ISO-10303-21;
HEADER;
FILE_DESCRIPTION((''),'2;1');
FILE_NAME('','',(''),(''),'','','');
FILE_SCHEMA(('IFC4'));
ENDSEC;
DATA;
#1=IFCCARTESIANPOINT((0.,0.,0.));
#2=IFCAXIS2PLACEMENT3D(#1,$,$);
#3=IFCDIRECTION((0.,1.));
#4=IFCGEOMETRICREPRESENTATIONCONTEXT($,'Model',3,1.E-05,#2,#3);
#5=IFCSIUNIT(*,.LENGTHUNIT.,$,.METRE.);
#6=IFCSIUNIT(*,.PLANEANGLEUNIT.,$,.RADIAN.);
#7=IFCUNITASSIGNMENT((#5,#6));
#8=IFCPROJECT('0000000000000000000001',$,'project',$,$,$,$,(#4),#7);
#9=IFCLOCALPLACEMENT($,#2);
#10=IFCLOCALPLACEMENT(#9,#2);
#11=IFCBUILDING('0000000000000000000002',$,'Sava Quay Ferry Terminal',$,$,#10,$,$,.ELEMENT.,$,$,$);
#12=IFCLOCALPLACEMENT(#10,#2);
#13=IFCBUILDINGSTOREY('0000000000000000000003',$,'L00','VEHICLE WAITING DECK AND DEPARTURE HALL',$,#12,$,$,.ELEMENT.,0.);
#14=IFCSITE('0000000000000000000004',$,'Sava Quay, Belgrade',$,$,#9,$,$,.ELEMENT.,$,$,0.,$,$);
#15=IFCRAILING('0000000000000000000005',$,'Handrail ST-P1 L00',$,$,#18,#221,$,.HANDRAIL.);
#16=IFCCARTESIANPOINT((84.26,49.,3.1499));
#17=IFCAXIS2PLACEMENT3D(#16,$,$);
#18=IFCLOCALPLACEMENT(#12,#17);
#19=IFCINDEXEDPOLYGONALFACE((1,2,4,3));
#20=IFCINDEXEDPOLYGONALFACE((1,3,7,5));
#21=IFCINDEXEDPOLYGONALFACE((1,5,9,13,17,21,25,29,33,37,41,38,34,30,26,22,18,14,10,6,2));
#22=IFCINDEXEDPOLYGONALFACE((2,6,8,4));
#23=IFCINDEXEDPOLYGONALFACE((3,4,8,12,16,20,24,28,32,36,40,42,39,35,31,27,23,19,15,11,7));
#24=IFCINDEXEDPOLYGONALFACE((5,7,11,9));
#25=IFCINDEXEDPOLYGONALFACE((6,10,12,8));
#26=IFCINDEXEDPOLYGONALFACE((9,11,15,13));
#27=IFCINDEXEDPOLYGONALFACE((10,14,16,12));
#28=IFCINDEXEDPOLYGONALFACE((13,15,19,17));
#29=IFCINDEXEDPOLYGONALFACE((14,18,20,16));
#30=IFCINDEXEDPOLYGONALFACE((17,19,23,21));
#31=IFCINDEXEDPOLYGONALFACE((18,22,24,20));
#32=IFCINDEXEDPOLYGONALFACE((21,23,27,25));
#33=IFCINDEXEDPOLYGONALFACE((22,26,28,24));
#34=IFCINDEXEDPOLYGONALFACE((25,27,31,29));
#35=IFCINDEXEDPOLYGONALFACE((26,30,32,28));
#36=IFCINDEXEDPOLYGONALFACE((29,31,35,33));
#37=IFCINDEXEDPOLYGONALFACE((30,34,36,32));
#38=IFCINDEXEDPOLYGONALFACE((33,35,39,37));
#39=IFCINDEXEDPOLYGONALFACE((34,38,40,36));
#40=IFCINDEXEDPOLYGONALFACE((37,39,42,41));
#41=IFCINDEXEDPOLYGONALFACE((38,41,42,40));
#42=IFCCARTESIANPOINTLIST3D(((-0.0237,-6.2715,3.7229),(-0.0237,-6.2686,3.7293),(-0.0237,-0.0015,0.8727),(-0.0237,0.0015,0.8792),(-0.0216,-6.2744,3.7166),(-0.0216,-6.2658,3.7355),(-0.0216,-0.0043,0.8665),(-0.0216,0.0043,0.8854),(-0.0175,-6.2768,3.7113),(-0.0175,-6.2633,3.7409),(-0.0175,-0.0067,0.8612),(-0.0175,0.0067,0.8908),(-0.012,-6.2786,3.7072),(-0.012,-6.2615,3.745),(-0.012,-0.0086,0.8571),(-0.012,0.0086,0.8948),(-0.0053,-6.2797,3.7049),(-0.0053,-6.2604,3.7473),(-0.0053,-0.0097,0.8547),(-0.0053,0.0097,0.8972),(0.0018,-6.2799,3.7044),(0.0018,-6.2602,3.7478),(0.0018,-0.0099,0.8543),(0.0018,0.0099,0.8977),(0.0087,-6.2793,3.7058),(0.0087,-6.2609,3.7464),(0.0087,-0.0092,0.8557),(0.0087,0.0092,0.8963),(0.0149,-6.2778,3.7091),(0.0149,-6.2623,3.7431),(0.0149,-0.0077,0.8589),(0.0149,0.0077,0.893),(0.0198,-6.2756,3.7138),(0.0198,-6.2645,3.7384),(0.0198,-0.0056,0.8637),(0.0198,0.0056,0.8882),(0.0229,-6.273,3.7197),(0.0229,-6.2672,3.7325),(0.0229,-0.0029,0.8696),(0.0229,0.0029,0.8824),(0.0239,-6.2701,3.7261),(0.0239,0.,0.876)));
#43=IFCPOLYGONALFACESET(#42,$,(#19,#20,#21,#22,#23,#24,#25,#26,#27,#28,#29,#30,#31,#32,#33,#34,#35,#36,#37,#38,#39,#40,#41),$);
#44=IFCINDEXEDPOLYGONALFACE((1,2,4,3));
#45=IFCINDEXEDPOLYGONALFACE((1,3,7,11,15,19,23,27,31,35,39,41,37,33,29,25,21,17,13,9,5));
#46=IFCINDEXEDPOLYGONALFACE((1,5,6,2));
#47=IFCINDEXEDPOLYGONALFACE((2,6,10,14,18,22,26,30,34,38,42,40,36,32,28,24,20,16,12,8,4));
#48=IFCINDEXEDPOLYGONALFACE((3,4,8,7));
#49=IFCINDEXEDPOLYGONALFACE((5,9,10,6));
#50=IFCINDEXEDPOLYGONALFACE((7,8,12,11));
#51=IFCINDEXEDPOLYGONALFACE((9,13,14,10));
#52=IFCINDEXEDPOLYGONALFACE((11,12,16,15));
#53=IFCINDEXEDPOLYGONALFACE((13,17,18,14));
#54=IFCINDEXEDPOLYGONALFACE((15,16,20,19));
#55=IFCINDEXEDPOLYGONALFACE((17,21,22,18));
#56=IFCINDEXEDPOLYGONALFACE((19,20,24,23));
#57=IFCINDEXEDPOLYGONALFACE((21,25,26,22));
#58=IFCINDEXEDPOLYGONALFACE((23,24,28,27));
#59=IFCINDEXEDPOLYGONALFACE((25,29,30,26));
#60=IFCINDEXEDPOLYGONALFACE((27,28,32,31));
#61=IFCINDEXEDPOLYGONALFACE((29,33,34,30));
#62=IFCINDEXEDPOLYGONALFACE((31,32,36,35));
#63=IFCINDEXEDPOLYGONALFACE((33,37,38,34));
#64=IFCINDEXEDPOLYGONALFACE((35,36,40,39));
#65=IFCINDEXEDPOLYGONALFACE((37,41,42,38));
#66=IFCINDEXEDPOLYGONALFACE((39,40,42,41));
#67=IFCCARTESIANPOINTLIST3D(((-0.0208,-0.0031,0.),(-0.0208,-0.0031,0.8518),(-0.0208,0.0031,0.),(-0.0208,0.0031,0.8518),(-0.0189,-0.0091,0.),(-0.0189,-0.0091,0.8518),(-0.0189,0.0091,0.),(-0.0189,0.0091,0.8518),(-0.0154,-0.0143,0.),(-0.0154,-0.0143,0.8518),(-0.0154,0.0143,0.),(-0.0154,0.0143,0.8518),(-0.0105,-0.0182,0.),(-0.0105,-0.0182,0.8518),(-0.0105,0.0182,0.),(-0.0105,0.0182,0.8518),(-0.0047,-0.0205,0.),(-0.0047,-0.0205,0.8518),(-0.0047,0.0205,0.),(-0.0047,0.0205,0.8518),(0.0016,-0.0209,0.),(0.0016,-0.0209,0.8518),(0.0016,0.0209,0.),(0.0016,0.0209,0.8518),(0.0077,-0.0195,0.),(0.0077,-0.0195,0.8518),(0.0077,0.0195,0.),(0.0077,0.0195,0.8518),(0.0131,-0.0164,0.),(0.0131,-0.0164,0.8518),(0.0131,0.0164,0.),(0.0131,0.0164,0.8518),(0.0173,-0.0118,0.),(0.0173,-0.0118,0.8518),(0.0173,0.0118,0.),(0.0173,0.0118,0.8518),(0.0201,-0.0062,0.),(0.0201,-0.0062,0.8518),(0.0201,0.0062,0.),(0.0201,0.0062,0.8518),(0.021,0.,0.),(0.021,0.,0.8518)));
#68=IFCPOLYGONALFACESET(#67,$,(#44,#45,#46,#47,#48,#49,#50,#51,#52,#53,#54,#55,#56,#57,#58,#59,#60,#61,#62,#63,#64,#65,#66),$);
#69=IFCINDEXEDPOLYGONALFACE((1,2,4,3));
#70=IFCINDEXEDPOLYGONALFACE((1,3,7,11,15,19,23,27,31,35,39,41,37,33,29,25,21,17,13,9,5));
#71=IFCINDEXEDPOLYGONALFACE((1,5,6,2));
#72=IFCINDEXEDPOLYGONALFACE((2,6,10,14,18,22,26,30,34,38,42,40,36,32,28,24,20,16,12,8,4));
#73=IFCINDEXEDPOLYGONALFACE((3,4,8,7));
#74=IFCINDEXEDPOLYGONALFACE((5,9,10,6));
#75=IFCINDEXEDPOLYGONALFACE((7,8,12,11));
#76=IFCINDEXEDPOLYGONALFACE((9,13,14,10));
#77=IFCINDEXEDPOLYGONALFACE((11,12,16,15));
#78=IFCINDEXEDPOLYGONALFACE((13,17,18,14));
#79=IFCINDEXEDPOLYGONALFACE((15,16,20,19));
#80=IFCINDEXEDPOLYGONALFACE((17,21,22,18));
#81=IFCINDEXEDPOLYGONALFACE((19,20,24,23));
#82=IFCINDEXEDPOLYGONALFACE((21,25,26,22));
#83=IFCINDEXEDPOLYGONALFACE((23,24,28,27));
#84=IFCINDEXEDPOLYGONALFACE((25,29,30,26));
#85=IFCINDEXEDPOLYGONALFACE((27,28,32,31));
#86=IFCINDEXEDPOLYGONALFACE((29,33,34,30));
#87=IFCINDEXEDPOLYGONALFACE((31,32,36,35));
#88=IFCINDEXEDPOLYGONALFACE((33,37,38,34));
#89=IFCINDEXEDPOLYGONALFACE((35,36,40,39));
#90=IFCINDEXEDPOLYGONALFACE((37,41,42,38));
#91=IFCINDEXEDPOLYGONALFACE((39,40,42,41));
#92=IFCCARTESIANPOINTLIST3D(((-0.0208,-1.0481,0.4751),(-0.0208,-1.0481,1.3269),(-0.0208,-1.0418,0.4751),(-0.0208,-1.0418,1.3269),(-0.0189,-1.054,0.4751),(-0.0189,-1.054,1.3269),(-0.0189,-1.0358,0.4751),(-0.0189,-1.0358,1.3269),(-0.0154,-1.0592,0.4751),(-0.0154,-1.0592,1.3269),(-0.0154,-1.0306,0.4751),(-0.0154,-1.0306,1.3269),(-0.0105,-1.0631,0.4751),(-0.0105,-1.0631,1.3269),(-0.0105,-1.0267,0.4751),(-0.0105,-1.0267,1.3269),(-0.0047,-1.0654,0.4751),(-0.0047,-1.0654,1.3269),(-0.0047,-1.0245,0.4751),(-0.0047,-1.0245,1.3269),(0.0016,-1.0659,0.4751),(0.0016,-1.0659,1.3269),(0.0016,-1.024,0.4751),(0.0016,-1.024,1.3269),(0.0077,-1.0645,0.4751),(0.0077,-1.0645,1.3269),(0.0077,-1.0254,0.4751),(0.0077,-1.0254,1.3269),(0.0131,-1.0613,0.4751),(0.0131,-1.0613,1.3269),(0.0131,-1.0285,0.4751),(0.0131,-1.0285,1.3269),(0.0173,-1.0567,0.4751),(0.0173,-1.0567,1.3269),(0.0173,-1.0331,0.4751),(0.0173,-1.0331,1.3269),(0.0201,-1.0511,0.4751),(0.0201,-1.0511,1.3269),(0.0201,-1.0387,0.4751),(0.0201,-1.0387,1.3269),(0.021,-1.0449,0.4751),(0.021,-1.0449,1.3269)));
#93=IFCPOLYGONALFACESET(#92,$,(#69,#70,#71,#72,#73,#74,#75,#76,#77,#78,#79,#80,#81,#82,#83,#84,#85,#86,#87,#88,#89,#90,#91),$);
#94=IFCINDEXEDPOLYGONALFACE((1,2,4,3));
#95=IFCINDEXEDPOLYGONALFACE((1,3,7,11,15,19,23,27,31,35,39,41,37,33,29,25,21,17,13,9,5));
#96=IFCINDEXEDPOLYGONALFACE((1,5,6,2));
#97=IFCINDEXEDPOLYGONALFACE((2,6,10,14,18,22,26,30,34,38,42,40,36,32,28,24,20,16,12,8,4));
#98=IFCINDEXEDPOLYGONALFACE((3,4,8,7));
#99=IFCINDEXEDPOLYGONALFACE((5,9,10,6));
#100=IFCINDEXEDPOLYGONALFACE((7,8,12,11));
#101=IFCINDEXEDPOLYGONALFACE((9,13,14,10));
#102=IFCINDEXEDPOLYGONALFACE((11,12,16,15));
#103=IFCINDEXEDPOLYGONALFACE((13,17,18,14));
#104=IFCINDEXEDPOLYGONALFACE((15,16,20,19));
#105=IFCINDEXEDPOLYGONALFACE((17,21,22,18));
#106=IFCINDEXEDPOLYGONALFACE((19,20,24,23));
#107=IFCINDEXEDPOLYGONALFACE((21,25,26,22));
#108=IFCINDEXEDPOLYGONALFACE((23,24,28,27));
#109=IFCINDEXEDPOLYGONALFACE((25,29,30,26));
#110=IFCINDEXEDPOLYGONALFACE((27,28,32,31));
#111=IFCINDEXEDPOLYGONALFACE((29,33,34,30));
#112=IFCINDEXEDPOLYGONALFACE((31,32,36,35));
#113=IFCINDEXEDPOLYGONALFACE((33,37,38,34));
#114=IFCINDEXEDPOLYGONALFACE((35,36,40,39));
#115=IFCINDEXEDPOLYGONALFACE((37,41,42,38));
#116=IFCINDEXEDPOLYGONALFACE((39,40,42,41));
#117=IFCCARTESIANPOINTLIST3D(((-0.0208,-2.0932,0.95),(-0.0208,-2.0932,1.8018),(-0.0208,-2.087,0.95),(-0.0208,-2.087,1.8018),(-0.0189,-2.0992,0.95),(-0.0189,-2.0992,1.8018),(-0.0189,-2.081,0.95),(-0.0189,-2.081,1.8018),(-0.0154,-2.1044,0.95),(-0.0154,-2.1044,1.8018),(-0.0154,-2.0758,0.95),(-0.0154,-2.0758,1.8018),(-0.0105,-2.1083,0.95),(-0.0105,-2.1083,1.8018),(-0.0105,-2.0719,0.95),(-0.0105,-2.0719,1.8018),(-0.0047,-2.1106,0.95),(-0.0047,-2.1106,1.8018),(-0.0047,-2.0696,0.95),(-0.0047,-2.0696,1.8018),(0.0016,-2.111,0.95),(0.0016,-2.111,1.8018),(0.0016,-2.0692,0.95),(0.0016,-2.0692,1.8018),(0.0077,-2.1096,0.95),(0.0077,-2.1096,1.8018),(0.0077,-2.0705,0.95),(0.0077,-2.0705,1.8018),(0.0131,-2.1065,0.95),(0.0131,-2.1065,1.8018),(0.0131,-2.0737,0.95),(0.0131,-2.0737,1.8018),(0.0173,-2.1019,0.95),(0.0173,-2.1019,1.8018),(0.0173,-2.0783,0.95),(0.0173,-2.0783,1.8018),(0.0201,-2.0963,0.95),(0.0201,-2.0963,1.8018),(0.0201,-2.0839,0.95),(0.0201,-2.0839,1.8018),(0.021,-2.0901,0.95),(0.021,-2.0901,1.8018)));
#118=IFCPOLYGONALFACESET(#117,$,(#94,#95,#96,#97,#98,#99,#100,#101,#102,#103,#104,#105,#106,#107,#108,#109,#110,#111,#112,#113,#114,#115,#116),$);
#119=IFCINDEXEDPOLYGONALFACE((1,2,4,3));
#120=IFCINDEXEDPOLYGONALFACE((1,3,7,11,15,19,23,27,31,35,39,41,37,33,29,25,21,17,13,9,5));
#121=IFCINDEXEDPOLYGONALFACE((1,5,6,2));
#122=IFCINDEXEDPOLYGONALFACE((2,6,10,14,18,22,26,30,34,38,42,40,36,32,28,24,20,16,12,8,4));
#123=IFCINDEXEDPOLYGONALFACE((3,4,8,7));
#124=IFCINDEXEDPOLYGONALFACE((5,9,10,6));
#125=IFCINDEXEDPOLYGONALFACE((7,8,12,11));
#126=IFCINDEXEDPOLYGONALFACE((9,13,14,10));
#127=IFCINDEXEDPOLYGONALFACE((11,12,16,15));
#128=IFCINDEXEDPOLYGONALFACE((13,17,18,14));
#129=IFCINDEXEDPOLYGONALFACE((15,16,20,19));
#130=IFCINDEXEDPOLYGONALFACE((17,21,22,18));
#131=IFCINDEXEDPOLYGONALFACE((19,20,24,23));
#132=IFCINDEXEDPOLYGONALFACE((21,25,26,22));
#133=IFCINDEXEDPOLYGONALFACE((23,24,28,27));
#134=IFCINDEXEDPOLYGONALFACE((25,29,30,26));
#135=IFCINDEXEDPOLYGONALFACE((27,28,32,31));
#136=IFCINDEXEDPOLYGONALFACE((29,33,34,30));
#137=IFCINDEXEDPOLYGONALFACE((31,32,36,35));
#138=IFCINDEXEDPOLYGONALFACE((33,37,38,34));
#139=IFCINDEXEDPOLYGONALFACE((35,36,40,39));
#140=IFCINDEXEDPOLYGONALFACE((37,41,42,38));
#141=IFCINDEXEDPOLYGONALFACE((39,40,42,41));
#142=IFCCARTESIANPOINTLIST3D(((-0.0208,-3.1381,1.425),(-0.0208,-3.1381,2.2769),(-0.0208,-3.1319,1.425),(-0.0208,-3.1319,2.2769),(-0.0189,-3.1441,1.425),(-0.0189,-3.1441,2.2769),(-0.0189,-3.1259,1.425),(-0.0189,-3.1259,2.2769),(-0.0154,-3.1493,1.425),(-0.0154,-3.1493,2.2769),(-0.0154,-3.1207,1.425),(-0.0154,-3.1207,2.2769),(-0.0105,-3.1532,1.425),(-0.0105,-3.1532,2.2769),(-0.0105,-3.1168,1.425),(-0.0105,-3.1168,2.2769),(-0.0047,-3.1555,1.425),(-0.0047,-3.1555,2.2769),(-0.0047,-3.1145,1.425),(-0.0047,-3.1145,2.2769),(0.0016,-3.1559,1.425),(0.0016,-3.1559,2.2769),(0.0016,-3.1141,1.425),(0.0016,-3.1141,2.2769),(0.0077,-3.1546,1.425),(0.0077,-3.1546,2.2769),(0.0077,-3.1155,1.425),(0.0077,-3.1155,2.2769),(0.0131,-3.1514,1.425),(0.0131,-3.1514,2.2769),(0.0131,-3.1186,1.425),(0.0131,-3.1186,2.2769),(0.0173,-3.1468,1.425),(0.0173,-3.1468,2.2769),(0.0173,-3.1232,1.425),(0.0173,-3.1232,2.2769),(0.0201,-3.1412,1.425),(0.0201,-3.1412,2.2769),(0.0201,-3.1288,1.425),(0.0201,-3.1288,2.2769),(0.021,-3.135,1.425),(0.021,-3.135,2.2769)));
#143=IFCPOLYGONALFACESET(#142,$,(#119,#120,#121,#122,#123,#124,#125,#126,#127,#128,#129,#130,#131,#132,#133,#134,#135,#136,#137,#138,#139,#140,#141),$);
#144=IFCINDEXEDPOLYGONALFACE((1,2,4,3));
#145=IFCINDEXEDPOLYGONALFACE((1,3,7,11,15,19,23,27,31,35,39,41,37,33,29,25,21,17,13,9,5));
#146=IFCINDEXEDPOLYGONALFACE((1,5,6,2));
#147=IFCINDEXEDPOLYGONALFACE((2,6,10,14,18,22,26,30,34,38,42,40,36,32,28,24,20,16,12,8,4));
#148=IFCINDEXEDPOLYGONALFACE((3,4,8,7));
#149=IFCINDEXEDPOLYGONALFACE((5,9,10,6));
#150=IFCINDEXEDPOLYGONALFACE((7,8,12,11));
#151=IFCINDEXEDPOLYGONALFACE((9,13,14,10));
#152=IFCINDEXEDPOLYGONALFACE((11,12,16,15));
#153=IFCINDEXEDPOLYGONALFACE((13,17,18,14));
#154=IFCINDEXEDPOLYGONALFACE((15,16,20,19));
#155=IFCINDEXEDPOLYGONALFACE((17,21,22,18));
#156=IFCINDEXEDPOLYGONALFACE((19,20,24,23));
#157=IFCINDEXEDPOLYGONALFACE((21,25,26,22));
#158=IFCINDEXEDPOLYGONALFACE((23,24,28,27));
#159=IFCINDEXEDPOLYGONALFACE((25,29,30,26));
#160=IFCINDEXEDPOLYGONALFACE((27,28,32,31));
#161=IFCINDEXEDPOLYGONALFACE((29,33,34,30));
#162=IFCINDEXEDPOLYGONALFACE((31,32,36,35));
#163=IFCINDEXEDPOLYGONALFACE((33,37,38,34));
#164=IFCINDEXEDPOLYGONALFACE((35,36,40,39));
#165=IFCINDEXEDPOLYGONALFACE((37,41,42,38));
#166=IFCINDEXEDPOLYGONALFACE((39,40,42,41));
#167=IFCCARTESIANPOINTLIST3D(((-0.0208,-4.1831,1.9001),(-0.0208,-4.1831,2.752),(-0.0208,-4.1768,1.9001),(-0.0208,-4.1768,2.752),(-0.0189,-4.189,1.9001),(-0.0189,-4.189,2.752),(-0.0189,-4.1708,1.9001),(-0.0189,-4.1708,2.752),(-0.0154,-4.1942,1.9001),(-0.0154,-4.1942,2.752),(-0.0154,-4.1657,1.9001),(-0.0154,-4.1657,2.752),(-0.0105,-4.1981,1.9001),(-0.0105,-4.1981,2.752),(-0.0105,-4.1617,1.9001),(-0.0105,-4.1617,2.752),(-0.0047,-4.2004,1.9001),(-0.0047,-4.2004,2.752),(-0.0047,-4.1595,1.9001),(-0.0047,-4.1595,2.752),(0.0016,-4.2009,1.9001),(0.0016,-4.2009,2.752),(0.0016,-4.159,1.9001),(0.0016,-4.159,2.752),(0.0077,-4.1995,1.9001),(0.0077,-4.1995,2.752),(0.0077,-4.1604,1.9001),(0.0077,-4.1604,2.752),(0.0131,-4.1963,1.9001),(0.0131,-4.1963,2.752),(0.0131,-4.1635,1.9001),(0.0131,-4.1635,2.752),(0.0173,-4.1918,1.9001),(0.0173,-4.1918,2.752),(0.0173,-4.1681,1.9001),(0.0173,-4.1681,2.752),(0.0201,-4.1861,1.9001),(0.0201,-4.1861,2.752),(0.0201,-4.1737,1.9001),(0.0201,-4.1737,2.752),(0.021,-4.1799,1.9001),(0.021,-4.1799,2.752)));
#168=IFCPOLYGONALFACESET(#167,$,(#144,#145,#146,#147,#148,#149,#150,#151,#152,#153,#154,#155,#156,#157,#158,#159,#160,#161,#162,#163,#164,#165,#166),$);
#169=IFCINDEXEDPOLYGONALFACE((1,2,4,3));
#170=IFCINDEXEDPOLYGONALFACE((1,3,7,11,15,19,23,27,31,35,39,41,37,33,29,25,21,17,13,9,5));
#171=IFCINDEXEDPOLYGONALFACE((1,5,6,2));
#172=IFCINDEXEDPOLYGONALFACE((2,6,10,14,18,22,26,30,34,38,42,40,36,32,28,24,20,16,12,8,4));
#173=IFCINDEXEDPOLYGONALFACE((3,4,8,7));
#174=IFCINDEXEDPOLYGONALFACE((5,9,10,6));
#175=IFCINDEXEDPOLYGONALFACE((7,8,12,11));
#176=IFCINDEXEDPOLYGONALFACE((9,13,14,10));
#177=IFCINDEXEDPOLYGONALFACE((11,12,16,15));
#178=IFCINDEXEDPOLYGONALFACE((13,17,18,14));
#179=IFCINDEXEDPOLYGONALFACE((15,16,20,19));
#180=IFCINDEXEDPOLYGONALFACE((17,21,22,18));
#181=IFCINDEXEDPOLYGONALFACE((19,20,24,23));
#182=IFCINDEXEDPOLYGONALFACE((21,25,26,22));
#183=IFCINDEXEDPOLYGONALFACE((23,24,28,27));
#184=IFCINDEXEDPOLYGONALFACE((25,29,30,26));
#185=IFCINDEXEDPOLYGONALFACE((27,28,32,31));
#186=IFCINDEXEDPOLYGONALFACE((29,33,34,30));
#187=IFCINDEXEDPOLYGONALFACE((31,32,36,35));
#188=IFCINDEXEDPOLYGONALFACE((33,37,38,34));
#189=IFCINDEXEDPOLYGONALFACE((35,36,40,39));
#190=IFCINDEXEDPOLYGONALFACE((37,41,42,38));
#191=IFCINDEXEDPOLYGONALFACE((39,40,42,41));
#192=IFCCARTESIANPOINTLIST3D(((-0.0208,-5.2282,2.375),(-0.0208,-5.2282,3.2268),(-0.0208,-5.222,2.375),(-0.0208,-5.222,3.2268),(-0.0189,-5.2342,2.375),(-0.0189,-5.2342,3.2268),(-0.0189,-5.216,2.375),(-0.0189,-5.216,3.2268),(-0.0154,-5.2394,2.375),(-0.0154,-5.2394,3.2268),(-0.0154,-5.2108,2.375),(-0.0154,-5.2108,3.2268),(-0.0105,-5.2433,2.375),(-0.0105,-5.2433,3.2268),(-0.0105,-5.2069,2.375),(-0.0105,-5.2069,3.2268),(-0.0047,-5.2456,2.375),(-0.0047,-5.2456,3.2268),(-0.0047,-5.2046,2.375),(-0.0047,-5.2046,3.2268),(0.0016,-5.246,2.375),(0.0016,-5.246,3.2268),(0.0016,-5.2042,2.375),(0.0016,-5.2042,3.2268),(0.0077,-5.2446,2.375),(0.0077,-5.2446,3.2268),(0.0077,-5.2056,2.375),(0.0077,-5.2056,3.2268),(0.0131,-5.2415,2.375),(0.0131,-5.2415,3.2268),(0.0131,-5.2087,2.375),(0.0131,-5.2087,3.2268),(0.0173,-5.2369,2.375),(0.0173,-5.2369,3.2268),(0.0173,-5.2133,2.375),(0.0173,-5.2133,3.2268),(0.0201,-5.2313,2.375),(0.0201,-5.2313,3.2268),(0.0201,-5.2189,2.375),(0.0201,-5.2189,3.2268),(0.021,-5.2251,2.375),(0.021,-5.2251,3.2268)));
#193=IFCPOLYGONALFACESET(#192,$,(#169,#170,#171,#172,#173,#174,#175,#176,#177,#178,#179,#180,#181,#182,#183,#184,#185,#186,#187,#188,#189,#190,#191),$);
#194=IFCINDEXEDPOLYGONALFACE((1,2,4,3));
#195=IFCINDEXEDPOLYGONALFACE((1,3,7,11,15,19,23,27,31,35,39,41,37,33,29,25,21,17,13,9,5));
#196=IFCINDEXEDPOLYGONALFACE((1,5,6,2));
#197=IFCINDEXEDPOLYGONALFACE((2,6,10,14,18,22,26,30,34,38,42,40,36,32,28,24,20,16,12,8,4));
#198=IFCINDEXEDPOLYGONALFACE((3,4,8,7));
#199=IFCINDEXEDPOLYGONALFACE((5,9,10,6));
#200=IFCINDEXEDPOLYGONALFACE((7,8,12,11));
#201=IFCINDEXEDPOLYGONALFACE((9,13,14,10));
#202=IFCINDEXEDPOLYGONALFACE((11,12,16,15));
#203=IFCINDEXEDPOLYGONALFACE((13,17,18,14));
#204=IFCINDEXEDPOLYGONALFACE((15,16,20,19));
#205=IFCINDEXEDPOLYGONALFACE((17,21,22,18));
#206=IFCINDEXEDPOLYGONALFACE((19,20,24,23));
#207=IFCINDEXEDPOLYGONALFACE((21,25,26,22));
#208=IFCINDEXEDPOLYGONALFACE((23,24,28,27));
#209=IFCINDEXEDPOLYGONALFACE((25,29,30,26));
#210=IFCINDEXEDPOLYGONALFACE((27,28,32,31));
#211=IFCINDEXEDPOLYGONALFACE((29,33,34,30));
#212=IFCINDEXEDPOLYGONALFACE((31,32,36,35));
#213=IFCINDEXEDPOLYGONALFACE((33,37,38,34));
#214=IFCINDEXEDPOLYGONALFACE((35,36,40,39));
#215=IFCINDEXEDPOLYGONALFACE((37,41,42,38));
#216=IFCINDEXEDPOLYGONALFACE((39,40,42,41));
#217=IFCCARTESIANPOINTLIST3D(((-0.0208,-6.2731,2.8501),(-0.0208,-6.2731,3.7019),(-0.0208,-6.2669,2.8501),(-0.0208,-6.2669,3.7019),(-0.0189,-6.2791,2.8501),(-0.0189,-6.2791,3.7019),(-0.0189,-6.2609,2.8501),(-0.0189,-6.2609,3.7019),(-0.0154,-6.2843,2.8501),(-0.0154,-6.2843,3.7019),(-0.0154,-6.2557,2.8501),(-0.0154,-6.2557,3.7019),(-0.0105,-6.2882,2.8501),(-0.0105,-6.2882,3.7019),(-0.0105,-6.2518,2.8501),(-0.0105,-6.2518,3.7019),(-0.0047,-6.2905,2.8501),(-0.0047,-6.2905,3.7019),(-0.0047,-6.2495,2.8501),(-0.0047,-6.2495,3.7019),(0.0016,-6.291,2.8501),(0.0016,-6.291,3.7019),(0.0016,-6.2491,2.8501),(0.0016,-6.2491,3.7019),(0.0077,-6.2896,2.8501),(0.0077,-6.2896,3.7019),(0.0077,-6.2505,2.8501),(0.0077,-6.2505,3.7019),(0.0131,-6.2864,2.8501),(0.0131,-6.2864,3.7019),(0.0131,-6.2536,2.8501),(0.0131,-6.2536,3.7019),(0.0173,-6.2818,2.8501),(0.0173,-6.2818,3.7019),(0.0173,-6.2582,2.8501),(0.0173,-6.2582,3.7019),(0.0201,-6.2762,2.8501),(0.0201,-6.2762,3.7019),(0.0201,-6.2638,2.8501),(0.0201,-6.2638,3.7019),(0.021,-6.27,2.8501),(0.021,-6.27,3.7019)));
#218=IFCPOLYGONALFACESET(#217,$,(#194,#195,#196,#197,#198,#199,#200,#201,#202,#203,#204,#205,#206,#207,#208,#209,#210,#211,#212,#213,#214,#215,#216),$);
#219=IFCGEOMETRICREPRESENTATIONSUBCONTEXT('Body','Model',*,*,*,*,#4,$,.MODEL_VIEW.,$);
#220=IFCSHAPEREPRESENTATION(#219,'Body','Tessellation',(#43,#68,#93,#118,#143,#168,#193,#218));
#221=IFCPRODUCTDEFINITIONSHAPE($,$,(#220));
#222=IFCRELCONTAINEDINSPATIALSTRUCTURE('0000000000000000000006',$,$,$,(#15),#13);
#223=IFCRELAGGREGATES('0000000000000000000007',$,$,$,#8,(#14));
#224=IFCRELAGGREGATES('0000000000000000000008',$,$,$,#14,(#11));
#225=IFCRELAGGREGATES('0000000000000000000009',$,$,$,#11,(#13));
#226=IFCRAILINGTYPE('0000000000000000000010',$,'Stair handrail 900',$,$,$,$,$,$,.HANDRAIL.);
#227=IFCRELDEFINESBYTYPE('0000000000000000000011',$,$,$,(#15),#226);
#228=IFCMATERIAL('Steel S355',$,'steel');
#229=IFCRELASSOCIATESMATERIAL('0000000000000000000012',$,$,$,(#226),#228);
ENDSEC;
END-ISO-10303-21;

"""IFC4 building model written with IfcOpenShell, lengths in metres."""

from ifc_helpers import new_model, si_unit, direction, frame, origin, origin_2d, place, context, subcontext, project, spatial, circle, extrude, material, type_object, element, save


model = new_model("IFC4")

# Units and contexts
model_context = context("Model", 3, precision=1e-05, world=origin(), true_north=direction((0.0, 1.0)))
body_context = subcontext(model_context, "Body", "Model", "MODEL_VIEW")
ifc_project = project(units=[si_unit("LENGTHUNIT", "METRE"), si_unit("PLANEANGLEUNIT", "RADIAN")], contexts=[model_context])

# Site, building, storey
site_placement = place(None, origin())
site = spatial("IfcSite", under=ifc_project, at=site_placement, Name="Sava Quay, Belgrade", CompositionType="ELEMENT", RefElevation=0.0)
building_placement = place(site_placement, origin())
building = spatial("IfcBuilding", under=site, at=building_placement, Name="Sava Quay Ferry Terminal", CompositionType="ELEMENT")
storey_placement = place(building_placement, origin())
storey = spatial("IfcBuildingStorey", under=building, at=storey_placement, Name="L00", Description="VEHICLE WAITING DECK AND DEPARTURE HALL", CompositionType="ELEMENT", Elevation=0.0)

# Railing
ifc_material_1 = material(Name="Steel S355", Category="steel")
railing_type_1 = type_object("IfcRailingType", Name="Stair handrail 900", PredefinedType="HANDRAIL", material=ifc_material_1)
railing_1_placement = place(storey_placement, frame((84.26, 49.0, 3.1499)))
element("IfcRailing", 1, at=railing_1_placement, inside=storey, type_object=railing_type_1, Name="Handrail ST-P1 L00", PredefinedType="HANDRAIL", context=body_context, shape_type="SweptSolid", body=[
    extrude(circle(Radius=0.0239, at=origin_2d()), frame((0.0, 0.0, 0.876), z_axis=(0.0, -0.910362, 0.413814), x_axis=(1.0, 0.0, 0.0)), (0.0, 0.0, 1.0), 6.8875),
    extrude(circle(Radius=0.021, at=origin_2d()), origin(), (0.0, 0.0, 1.0), 0.8518),
    extrude(circle(Radius=0.021, at=origin_2d()), frame((0.0, -1.0449, 0.4751)), (0.0, 0.0, 1.0), 0.8518),
    extrude(circle(Radius=0.021, at=origin_2d()), frame((0.0, -2.0901, 0.95)), (0.0, 0.0, 1.0), 0.8518),
    extrude(circle(Radius=0.021, at=origin_2d()), frame((0.0, -3.135, 1.425)), (0.0, 0.0, 1.0), 0.8518),
    extrude(circle(Radius=0.021, at=origin_2d()), frame((0.0, -4.1799, 1.9001)), (0.0, 0.0, 1.0), 0.8518),
    extrude(circle(Radius=0.021, at=origin_2d()), frame((0.0, -5.2251, 2.375)), (0.0, 0.0, 1.0), 0.8518),
    extrude(circle(Radius=0.021, at=origin_2d()), frame((0.0, -6.27, 2.8501)), (0.0, 0.0, 1.0), 0.8518),
])

save(model, "model.ifc")
